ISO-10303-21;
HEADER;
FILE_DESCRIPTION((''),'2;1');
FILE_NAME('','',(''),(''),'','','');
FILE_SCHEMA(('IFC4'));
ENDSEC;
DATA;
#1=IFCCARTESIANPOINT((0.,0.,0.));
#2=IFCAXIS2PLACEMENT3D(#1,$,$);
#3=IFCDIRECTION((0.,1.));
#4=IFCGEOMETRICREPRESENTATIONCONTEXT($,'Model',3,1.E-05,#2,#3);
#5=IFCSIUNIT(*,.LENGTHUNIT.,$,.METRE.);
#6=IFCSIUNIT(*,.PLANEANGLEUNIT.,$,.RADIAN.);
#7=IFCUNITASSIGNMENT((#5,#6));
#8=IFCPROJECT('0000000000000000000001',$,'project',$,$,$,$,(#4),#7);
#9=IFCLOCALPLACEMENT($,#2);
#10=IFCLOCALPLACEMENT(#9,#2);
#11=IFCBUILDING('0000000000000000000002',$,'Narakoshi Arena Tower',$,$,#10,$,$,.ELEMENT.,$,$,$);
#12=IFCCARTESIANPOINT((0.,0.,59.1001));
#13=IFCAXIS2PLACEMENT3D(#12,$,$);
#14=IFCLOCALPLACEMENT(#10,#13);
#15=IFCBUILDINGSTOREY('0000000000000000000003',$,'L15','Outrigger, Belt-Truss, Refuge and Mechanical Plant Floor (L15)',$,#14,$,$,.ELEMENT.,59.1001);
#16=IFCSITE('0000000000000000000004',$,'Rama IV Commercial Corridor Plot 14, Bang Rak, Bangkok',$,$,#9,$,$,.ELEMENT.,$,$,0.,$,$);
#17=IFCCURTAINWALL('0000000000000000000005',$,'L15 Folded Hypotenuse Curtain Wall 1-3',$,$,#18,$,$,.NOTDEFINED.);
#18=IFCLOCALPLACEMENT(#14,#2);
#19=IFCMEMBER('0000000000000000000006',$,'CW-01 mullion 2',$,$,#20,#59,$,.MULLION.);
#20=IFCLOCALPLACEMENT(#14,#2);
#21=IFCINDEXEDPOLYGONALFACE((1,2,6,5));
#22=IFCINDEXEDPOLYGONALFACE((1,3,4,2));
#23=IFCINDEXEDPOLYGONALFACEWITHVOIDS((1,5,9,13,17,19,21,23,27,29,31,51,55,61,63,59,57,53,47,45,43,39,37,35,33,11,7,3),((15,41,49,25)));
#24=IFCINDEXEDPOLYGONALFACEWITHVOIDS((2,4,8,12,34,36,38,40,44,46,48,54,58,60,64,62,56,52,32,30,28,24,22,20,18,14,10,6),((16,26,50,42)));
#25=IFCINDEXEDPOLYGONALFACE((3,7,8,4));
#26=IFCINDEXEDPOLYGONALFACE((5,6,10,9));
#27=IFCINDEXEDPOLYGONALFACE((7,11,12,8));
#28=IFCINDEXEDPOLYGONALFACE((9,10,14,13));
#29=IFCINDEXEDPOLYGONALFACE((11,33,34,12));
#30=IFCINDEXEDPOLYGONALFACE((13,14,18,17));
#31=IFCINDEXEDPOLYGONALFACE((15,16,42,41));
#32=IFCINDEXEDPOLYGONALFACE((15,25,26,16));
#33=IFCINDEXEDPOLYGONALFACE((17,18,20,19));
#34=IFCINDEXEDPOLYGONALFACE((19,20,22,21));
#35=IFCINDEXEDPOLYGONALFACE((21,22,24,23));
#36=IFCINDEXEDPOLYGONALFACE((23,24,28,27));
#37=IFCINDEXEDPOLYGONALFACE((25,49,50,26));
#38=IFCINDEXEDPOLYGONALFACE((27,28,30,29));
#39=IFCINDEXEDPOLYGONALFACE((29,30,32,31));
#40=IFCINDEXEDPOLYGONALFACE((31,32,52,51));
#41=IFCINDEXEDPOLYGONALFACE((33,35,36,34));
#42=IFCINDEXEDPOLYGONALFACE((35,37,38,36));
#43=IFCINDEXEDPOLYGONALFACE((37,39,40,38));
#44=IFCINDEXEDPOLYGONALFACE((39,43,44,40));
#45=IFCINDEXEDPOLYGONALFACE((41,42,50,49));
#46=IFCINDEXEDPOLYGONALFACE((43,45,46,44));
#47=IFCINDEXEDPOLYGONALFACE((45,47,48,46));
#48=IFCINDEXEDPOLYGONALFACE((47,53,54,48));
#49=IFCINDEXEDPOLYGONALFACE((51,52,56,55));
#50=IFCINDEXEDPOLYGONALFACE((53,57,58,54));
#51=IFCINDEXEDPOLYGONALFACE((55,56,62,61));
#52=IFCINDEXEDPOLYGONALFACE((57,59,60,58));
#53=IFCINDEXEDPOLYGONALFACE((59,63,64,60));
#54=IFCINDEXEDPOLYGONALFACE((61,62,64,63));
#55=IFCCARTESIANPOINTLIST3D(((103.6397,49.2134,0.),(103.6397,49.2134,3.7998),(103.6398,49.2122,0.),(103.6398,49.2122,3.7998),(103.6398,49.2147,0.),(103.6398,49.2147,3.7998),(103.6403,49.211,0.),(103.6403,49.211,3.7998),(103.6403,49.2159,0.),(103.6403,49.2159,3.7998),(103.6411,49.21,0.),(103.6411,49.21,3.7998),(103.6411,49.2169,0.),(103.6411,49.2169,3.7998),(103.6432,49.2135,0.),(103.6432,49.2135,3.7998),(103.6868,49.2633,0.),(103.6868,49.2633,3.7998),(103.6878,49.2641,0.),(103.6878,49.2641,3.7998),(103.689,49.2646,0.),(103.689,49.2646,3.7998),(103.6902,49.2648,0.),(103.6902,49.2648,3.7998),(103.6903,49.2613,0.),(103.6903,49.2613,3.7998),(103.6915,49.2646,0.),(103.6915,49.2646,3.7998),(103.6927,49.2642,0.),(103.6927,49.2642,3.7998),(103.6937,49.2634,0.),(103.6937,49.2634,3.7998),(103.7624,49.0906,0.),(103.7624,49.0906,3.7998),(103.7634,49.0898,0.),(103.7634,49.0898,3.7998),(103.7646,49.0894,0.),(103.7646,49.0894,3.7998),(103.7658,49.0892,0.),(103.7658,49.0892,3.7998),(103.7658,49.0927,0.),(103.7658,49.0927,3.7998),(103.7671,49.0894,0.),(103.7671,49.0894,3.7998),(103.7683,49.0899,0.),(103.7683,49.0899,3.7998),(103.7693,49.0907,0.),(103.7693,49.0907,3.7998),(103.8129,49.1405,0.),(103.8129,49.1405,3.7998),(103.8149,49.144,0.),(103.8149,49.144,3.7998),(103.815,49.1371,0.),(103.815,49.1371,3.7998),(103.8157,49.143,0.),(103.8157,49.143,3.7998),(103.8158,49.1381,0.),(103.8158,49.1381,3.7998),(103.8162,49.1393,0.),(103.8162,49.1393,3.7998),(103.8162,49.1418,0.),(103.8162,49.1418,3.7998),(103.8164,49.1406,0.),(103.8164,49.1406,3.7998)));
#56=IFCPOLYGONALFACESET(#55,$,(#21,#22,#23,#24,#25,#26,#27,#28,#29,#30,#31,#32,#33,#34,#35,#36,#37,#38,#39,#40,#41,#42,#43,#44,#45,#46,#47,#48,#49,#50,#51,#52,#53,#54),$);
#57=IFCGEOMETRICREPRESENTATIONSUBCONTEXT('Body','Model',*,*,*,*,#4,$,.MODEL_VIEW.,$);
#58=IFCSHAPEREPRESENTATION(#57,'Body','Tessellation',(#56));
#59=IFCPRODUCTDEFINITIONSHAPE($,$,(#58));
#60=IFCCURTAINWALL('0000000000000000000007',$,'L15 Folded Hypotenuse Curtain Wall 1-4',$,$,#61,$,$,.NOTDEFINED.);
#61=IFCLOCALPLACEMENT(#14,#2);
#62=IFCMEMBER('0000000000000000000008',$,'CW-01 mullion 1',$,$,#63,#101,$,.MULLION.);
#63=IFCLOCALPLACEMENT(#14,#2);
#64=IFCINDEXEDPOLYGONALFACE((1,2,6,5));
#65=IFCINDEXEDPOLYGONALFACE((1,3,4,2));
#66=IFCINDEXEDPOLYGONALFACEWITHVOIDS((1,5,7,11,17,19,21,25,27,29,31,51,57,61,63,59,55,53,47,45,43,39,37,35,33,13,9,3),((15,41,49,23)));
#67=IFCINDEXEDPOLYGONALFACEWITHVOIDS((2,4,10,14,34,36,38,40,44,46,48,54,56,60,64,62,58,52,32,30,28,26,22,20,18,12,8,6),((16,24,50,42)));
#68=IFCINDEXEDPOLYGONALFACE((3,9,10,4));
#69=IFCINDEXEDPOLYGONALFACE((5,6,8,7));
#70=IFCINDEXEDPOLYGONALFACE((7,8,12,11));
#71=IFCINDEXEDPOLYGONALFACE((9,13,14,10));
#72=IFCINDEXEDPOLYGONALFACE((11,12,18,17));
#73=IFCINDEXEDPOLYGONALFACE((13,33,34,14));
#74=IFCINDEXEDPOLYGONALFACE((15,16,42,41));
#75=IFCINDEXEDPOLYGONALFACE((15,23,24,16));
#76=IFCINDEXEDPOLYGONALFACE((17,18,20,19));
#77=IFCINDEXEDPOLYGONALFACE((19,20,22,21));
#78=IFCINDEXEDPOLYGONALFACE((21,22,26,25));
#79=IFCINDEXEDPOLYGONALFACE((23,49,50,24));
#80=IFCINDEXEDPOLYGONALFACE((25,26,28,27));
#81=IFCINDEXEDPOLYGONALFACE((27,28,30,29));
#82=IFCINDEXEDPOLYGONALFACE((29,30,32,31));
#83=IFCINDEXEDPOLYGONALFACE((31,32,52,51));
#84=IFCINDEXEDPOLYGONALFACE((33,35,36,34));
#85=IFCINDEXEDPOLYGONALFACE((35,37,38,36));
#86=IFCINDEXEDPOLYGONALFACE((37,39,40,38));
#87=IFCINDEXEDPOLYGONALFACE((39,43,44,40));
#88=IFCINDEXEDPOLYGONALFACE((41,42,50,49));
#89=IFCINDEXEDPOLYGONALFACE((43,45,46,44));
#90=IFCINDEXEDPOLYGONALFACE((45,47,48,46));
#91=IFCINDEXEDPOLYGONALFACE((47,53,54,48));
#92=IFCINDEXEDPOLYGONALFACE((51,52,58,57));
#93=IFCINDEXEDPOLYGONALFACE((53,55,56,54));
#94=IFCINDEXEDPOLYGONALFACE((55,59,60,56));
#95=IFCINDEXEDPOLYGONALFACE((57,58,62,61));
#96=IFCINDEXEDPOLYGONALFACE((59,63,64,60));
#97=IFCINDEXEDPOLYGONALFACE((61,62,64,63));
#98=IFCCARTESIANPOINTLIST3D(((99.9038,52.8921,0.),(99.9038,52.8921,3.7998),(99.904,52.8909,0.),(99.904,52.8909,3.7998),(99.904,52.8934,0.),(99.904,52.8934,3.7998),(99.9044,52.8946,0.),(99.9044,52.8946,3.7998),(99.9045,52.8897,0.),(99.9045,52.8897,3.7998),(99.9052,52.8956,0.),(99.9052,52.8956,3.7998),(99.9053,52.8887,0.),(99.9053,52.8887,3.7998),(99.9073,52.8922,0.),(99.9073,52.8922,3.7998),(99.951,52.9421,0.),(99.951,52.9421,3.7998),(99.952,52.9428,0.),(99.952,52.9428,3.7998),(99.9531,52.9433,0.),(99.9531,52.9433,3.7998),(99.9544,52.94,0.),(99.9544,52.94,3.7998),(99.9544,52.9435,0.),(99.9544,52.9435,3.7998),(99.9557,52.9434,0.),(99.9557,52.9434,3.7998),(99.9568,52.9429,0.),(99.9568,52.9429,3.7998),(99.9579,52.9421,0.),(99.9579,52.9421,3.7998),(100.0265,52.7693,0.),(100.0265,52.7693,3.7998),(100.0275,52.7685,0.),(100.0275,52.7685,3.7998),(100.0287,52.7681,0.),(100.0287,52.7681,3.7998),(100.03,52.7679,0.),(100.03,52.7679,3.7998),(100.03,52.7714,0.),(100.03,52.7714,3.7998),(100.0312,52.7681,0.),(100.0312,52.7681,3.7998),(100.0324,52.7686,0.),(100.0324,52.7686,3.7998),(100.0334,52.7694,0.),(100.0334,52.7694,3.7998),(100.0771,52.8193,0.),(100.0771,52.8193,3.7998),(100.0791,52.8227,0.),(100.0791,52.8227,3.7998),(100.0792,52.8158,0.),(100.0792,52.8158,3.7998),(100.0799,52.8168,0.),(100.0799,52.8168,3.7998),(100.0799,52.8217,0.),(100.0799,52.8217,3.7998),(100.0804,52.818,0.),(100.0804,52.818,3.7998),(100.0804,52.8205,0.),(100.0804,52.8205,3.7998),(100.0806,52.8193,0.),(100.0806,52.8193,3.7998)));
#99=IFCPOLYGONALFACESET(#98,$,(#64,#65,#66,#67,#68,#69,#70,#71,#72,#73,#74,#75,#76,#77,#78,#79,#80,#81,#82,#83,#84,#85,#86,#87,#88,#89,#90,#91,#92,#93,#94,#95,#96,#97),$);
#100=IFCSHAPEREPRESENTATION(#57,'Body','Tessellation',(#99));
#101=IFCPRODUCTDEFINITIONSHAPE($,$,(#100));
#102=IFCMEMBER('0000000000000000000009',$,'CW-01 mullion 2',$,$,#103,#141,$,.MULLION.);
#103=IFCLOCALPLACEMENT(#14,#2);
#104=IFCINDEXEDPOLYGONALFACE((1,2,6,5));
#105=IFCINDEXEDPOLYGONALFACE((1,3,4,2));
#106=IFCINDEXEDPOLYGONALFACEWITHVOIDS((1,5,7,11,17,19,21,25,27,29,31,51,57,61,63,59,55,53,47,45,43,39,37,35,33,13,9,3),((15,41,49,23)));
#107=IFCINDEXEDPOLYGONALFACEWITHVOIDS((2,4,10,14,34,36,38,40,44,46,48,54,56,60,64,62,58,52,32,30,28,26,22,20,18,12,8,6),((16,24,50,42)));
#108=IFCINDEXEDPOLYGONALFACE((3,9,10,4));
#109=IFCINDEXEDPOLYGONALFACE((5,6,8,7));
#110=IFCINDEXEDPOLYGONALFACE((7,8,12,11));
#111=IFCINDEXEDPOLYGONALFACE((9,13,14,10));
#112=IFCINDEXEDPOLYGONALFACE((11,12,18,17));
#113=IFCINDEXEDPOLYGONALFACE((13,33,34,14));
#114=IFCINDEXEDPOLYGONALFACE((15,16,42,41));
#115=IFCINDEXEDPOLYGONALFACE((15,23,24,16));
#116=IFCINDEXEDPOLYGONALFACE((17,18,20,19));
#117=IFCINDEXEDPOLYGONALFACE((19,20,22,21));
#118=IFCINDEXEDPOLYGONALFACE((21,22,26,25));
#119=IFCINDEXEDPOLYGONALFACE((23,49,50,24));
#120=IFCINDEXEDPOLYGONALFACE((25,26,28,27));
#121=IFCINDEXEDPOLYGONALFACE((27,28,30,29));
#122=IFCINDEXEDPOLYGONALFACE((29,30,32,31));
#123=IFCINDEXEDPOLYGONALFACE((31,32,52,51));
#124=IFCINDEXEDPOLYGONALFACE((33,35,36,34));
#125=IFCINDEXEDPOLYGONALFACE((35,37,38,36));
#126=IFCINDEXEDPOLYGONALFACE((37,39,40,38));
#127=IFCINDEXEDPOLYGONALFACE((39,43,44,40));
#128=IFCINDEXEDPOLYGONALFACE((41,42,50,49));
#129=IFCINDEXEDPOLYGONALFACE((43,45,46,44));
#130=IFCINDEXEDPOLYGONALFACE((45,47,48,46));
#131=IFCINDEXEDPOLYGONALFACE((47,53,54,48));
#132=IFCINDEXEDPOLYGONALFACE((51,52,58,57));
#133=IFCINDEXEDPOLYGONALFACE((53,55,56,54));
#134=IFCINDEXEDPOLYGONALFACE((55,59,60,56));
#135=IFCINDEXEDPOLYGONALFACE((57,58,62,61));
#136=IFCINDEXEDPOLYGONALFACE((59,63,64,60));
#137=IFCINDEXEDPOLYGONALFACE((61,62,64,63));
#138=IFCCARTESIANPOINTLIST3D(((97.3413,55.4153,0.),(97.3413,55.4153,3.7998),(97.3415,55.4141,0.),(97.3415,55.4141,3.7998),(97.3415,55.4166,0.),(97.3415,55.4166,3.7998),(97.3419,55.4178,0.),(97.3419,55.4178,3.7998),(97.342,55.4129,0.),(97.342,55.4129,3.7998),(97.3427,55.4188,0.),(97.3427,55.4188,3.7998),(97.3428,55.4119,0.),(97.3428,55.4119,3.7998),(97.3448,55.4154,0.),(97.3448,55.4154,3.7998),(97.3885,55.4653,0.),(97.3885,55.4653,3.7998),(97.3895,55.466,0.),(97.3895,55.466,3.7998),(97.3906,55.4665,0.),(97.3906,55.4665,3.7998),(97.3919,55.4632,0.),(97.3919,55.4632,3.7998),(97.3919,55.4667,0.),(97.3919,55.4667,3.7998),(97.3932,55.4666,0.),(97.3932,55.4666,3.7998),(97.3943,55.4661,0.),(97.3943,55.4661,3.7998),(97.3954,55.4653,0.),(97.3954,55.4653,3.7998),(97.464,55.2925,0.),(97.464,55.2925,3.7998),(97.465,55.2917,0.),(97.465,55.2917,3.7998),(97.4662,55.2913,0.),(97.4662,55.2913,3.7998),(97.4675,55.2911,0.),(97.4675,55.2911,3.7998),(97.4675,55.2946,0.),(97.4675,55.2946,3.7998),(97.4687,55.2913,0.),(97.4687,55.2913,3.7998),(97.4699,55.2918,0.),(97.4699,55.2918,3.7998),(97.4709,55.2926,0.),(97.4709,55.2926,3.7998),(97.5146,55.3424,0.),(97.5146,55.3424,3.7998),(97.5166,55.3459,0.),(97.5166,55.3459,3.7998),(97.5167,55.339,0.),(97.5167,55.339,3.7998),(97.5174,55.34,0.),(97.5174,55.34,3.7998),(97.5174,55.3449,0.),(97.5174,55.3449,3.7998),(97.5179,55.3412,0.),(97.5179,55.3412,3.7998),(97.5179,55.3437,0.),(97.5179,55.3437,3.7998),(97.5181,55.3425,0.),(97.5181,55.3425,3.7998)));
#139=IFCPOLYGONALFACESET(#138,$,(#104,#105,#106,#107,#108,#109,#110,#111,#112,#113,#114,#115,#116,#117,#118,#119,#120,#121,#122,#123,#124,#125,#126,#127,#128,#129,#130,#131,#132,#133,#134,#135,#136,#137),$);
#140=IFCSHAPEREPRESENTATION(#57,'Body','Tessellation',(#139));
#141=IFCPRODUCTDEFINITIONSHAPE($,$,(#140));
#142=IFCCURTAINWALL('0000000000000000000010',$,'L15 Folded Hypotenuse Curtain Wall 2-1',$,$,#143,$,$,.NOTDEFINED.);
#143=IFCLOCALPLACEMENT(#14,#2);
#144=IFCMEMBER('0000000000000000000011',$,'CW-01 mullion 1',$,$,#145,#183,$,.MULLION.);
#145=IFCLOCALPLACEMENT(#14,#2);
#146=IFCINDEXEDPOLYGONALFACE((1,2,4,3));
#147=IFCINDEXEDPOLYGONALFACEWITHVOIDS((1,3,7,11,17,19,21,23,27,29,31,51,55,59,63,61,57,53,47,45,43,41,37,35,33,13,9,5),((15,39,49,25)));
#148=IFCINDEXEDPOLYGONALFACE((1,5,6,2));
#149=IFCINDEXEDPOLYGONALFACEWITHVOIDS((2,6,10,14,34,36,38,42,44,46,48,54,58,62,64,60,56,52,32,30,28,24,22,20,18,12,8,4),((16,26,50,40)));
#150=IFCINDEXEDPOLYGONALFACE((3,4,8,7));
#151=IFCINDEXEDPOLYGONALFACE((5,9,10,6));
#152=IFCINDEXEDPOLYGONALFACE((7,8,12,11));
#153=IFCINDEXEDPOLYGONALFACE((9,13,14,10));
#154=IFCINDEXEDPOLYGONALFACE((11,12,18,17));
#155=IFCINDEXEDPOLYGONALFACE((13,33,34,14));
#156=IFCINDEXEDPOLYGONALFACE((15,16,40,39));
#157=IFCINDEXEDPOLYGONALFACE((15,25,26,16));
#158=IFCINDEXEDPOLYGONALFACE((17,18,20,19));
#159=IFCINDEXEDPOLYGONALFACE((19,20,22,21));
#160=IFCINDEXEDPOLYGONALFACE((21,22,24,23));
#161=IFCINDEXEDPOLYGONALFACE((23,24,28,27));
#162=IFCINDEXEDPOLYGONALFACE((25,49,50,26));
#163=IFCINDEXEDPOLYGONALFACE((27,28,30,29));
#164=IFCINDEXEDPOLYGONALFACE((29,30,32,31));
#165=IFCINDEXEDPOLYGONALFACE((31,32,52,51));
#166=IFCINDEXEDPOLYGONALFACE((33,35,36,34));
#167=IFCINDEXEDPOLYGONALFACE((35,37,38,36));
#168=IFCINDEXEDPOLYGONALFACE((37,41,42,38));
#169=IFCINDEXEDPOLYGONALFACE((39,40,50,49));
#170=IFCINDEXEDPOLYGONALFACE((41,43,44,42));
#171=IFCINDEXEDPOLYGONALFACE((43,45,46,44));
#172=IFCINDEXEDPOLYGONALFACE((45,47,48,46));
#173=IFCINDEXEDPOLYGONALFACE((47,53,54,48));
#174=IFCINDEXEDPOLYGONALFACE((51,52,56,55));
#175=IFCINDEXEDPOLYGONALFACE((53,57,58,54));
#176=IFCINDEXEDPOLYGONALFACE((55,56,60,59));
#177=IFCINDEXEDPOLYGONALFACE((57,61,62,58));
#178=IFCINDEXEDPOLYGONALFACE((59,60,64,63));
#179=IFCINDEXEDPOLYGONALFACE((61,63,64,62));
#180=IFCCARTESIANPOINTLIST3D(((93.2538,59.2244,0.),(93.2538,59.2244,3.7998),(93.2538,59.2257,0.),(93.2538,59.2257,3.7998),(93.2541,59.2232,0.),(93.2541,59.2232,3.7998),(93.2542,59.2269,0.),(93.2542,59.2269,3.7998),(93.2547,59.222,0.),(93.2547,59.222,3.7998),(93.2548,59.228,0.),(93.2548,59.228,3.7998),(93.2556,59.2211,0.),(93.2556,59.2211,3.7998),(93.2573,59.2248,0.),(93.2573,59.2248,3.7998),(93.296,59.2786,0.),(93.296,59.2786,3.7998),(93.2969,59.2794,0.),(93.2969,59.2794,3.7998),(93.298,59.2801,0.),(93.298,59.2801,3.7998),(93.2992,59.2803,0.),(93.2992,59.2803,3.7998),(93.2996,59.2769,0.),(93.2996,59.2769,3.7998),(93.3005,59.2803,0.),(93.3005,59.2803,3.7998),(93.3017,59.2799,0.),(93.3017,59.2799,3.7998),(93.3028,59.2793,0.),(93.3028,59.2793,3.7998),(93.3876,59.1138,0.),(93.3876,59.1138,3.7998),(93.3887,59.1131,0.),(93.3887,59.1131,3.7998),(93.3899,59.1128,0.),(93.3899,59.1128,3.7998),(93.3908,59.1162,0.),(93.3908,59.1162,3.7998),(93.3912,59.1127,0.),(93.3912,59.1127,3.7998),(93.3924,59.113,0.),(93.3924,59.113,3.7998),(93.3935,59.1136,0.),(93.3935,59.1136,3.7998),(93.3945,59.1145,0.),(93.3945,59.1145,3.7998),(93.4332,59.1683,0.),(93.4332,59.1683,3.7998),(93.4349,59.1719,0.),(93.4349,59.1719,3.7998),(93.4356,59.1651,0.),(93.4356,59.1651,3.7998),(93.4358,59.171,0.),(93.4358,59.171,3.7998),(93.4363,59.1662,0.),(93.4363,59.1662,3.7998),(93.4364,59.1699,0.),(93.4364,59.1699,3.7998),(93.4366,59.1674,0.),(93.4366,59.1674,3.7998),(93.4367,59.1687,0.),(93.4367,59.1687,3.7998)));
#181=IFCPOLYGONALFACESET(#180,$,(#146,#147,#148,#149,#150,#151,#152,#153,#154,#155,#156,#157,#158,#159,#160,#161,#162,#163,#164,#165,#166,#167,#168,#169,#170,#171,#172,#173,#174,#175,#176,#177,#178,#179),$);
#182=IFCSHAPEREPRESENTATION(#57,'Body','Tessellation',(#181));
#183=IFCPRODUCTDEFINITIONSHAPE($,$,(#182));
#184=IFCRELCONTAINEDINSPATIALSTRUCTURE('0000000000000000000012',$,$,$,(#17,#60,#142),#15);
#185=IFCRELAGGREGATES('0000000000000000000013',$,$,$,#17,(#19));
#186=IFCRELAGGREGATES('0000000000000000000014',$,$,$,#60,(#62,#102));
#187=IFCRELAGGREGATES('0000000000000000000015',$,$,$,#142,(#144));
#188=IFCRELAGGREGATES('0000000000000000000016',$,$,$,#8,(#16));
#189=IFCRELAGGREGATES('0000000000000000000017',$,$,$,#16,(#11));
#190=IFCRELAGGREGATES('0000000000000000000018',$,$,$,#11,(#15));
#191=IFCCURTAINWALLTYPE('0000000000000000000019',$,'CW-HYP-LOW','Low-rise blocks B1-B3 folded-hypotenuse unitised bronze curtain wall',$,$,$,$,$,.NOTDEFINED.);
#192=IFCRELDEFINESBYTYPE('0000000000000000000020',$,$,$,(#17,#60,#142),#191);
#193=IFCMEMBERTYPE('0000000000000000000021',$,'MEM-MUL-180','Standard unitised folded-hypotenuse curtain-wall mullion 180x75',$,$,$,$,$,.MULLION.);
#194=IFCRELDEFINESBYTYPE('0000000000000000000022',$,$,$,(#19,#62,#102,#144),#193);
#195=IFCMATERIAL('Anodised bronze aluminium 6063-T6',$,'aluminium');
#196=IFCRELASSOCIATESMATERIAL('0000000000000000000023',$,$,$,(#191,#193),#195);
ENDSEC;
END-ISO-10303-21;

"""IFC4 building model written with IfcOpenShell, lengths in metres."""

from ifc_helpers import new_model, si_unit, direction, frame, origin, origin_2d, place, context, subcontext, project, spatial, hollow_rectangle, extrude, material, material_profile, profile_set, type_object, element, aggregate, save


model = new_model("IFC4")

# Units and contexts
model_context = context("Model", 3, precision=1e-05, world=origin(), true_north=direction((0.0, 1.0)))
body_context = subcontext(model_context, "Body", "Model", "MODEL_VIEW")
ifc_project = project(units=[si_unit("LENGTHUNIT", "METRE"), si_unit("PLANEANGLEUNIT", "RADIAN")], contexts=[model_context])

# Site, building, storey
site_placement = place(None, origin())
site = spatial("IfcSite", under=ifc_project, at=site_placement, Name="Rama IV Commercial Corridor Plot 14, Bang Rak, Bangkok", CompositionType="ELEMENT", RefElevation=0.0)
building_placement = place(site_placement, origin())
building = spatial("IfcBuilding", under=site, at=building_placement, Name="Narakoshi Arena Tower", CompositionType="ELEMENT")
storey_placement = place(building_placement, frame((0.0, 0.0, 59.1001)))
storey = spatial("IfcBuildingStorey", under=building, at=storey_placement, Name="L15", Description="Outrigger, Belt-Truss, Refuge and Mechanical Plant Floor (L15)", CompositionType="ELEMENT", Elevation=59.1001)

# Shared definitions
ifc_material_1 = material(Name="Anodised bronze aluminium 6063-T6", Category="aluminium")
curtain_wall_type = type_object("IfcCurtainWallType", Name="CW-HYP-LOW", Description="Low-rise blocks B1-B3 folded-hypotenuse unitised bronze curtain wall", PredefinedType="NOTDEFINED", material=ifc_material_1)
ifc_material_profile_1 = material_profile(ifc_material_1, hollow_rectangle(XDim=0.075, YDim=0.1799, WallThickness=0.0039, OuterFilletRadius=0.0049, at=origin_2d()), Name="MUL180x75x4")
ifc_profile_set_1 = profile_set([ifc_material_profile_1], Name="Anodised bronze aluminium 6063-T6")
member_type_1 = type_object("IfcMemberType", Name="MEM-MUL-180", Description="Standard unitised folded-hypotenuse curtain-wall mullion 180x75", PredefinedType="MULLION", material=ifc_profile_set_1)

# Curtain walls, members
curtain_wall_1_placement = place(storey_placement, origin())
curtain_wall_1 = element("IfcCurtainWall", 1, at=curtain_wall_1_placement, inside=storey, type_object=curtain_wall_type, Name="L15 Folded Hypotenuse Curtain Wall 1-3", PredefinedType="NOTDEFINED")
member_1_placement = place(storey_placement, frame((103.728, 49.177, 0.0), z_axis=(0.0, 0.0, 1.0), x_axis=(-0.701624, -0.712547, 0.0)))
member_1 = element("IfcMember", 2, at=member_1_placement, type_object=member_type_1, Name="CW-01 mullion 2", PredefinedType="MULLION", context=body_context, shape_type="SweptSolid", body=[
    extrude(hollow_rectangle(XDim=0.075, YDim=0.1799, WallThickness=0.0039, OuterFilletRadius=0.0049, at=origin_2d()), origin(), (0.0, 0.0, 1.0), 3.7998),
])
curtain_wall_2_placement = place(storey_placement, origin())
curtain_wall_2 = element("IfcCurtainWall", 3, at=curtain_wall_2_placement, inside=storey, type_object=curtain_wall_type, Name="L15 Folded Hypotenuse Curtain Wall 1-4", PredefinedType="NOTDEFINED")
member_2_placement = place(storey_placement, frame((99.9922, 52.8557, 0.0), z_axis=(0.0, 0.0, 1.0), x_axis=(-0.701624, -0.712547, 0.0)))
member_2 = element("IfcMember", 4, at=member_2_placement, type_object=member_type_1, Name="CW-01 mullion 1", PredefinedType="MULLION", context=body_context, shape_type="SweptSolid", body=[
    extrude(hollow_rectangle(XDim=0.075, YDim=0.1799, WallThickness=0.0039, OuterFilletRadius=0.0049, at=origin_2d()), origin(), (0.0, 0.0, 1.0), 3.7998),
])
member_3_placement = place(storey_placement, frame((97.4297, 55.3789, 0.0), z_axis=(0.0, 0.0, 1.0), x_axis=(-0.701624, -0.712547, 0.0)))
member_3 = element("IfcMember", 5, at=member_3_placement, type_object=member_type_1, Name="CW-01 mullion 2", PredefinedType="MULLION", context=body_context, shape_type="SweptSolid", body=[
    extrude(hollow_rectangle(XDim=0.075, YDim=0.1799, WallThickness=0.0039, OuterFilletRadius=0.0049, at=origin_2d()), origin(), (0.0, 0.0, 1.0), 3.7998),
])
curtain_wall_3_placement = place(storey_placement, origin())
curtain_wall_3 = element("IfcCurtainWall", 6, at=curtain_wall_3_placement, inside=storey, type_object=curtain_wall_type, Name="L15 Folded Hypotenuse Curtain Wall 2-1", PredefinedType="NOTDEFINED")
member_4_placement = place(storey_placement, frame((93.3452, 59.1965, 0.0), z_axis=(0.0, 0.0, 1.0), x_axis=(-0.630732, -0.776, 0.0)))
member_4 = element("IfcMember", 7, at=member_4_placement, type_object=member_type_1, Name="CW-01 mullion 1", PredefinedType="MULLION", context=body_context, shape_type="SweptSolid", body=[
    extrude(hollow_rectangle(XDim=0.075, YDim=0.1799, WallThickness=0.0039, OuterFilletRadius=0.0049, at=origin_2d()), origin(), (0.0, 0.0, 1.0), 3.7998),
])

aggregate(curtain_wall_1, [member_1])
aggregate(curtain_wall_2, [member_2, member_3])
aggregate(curtain_wall_3, [member_4])

save(model, "model.ifc")
